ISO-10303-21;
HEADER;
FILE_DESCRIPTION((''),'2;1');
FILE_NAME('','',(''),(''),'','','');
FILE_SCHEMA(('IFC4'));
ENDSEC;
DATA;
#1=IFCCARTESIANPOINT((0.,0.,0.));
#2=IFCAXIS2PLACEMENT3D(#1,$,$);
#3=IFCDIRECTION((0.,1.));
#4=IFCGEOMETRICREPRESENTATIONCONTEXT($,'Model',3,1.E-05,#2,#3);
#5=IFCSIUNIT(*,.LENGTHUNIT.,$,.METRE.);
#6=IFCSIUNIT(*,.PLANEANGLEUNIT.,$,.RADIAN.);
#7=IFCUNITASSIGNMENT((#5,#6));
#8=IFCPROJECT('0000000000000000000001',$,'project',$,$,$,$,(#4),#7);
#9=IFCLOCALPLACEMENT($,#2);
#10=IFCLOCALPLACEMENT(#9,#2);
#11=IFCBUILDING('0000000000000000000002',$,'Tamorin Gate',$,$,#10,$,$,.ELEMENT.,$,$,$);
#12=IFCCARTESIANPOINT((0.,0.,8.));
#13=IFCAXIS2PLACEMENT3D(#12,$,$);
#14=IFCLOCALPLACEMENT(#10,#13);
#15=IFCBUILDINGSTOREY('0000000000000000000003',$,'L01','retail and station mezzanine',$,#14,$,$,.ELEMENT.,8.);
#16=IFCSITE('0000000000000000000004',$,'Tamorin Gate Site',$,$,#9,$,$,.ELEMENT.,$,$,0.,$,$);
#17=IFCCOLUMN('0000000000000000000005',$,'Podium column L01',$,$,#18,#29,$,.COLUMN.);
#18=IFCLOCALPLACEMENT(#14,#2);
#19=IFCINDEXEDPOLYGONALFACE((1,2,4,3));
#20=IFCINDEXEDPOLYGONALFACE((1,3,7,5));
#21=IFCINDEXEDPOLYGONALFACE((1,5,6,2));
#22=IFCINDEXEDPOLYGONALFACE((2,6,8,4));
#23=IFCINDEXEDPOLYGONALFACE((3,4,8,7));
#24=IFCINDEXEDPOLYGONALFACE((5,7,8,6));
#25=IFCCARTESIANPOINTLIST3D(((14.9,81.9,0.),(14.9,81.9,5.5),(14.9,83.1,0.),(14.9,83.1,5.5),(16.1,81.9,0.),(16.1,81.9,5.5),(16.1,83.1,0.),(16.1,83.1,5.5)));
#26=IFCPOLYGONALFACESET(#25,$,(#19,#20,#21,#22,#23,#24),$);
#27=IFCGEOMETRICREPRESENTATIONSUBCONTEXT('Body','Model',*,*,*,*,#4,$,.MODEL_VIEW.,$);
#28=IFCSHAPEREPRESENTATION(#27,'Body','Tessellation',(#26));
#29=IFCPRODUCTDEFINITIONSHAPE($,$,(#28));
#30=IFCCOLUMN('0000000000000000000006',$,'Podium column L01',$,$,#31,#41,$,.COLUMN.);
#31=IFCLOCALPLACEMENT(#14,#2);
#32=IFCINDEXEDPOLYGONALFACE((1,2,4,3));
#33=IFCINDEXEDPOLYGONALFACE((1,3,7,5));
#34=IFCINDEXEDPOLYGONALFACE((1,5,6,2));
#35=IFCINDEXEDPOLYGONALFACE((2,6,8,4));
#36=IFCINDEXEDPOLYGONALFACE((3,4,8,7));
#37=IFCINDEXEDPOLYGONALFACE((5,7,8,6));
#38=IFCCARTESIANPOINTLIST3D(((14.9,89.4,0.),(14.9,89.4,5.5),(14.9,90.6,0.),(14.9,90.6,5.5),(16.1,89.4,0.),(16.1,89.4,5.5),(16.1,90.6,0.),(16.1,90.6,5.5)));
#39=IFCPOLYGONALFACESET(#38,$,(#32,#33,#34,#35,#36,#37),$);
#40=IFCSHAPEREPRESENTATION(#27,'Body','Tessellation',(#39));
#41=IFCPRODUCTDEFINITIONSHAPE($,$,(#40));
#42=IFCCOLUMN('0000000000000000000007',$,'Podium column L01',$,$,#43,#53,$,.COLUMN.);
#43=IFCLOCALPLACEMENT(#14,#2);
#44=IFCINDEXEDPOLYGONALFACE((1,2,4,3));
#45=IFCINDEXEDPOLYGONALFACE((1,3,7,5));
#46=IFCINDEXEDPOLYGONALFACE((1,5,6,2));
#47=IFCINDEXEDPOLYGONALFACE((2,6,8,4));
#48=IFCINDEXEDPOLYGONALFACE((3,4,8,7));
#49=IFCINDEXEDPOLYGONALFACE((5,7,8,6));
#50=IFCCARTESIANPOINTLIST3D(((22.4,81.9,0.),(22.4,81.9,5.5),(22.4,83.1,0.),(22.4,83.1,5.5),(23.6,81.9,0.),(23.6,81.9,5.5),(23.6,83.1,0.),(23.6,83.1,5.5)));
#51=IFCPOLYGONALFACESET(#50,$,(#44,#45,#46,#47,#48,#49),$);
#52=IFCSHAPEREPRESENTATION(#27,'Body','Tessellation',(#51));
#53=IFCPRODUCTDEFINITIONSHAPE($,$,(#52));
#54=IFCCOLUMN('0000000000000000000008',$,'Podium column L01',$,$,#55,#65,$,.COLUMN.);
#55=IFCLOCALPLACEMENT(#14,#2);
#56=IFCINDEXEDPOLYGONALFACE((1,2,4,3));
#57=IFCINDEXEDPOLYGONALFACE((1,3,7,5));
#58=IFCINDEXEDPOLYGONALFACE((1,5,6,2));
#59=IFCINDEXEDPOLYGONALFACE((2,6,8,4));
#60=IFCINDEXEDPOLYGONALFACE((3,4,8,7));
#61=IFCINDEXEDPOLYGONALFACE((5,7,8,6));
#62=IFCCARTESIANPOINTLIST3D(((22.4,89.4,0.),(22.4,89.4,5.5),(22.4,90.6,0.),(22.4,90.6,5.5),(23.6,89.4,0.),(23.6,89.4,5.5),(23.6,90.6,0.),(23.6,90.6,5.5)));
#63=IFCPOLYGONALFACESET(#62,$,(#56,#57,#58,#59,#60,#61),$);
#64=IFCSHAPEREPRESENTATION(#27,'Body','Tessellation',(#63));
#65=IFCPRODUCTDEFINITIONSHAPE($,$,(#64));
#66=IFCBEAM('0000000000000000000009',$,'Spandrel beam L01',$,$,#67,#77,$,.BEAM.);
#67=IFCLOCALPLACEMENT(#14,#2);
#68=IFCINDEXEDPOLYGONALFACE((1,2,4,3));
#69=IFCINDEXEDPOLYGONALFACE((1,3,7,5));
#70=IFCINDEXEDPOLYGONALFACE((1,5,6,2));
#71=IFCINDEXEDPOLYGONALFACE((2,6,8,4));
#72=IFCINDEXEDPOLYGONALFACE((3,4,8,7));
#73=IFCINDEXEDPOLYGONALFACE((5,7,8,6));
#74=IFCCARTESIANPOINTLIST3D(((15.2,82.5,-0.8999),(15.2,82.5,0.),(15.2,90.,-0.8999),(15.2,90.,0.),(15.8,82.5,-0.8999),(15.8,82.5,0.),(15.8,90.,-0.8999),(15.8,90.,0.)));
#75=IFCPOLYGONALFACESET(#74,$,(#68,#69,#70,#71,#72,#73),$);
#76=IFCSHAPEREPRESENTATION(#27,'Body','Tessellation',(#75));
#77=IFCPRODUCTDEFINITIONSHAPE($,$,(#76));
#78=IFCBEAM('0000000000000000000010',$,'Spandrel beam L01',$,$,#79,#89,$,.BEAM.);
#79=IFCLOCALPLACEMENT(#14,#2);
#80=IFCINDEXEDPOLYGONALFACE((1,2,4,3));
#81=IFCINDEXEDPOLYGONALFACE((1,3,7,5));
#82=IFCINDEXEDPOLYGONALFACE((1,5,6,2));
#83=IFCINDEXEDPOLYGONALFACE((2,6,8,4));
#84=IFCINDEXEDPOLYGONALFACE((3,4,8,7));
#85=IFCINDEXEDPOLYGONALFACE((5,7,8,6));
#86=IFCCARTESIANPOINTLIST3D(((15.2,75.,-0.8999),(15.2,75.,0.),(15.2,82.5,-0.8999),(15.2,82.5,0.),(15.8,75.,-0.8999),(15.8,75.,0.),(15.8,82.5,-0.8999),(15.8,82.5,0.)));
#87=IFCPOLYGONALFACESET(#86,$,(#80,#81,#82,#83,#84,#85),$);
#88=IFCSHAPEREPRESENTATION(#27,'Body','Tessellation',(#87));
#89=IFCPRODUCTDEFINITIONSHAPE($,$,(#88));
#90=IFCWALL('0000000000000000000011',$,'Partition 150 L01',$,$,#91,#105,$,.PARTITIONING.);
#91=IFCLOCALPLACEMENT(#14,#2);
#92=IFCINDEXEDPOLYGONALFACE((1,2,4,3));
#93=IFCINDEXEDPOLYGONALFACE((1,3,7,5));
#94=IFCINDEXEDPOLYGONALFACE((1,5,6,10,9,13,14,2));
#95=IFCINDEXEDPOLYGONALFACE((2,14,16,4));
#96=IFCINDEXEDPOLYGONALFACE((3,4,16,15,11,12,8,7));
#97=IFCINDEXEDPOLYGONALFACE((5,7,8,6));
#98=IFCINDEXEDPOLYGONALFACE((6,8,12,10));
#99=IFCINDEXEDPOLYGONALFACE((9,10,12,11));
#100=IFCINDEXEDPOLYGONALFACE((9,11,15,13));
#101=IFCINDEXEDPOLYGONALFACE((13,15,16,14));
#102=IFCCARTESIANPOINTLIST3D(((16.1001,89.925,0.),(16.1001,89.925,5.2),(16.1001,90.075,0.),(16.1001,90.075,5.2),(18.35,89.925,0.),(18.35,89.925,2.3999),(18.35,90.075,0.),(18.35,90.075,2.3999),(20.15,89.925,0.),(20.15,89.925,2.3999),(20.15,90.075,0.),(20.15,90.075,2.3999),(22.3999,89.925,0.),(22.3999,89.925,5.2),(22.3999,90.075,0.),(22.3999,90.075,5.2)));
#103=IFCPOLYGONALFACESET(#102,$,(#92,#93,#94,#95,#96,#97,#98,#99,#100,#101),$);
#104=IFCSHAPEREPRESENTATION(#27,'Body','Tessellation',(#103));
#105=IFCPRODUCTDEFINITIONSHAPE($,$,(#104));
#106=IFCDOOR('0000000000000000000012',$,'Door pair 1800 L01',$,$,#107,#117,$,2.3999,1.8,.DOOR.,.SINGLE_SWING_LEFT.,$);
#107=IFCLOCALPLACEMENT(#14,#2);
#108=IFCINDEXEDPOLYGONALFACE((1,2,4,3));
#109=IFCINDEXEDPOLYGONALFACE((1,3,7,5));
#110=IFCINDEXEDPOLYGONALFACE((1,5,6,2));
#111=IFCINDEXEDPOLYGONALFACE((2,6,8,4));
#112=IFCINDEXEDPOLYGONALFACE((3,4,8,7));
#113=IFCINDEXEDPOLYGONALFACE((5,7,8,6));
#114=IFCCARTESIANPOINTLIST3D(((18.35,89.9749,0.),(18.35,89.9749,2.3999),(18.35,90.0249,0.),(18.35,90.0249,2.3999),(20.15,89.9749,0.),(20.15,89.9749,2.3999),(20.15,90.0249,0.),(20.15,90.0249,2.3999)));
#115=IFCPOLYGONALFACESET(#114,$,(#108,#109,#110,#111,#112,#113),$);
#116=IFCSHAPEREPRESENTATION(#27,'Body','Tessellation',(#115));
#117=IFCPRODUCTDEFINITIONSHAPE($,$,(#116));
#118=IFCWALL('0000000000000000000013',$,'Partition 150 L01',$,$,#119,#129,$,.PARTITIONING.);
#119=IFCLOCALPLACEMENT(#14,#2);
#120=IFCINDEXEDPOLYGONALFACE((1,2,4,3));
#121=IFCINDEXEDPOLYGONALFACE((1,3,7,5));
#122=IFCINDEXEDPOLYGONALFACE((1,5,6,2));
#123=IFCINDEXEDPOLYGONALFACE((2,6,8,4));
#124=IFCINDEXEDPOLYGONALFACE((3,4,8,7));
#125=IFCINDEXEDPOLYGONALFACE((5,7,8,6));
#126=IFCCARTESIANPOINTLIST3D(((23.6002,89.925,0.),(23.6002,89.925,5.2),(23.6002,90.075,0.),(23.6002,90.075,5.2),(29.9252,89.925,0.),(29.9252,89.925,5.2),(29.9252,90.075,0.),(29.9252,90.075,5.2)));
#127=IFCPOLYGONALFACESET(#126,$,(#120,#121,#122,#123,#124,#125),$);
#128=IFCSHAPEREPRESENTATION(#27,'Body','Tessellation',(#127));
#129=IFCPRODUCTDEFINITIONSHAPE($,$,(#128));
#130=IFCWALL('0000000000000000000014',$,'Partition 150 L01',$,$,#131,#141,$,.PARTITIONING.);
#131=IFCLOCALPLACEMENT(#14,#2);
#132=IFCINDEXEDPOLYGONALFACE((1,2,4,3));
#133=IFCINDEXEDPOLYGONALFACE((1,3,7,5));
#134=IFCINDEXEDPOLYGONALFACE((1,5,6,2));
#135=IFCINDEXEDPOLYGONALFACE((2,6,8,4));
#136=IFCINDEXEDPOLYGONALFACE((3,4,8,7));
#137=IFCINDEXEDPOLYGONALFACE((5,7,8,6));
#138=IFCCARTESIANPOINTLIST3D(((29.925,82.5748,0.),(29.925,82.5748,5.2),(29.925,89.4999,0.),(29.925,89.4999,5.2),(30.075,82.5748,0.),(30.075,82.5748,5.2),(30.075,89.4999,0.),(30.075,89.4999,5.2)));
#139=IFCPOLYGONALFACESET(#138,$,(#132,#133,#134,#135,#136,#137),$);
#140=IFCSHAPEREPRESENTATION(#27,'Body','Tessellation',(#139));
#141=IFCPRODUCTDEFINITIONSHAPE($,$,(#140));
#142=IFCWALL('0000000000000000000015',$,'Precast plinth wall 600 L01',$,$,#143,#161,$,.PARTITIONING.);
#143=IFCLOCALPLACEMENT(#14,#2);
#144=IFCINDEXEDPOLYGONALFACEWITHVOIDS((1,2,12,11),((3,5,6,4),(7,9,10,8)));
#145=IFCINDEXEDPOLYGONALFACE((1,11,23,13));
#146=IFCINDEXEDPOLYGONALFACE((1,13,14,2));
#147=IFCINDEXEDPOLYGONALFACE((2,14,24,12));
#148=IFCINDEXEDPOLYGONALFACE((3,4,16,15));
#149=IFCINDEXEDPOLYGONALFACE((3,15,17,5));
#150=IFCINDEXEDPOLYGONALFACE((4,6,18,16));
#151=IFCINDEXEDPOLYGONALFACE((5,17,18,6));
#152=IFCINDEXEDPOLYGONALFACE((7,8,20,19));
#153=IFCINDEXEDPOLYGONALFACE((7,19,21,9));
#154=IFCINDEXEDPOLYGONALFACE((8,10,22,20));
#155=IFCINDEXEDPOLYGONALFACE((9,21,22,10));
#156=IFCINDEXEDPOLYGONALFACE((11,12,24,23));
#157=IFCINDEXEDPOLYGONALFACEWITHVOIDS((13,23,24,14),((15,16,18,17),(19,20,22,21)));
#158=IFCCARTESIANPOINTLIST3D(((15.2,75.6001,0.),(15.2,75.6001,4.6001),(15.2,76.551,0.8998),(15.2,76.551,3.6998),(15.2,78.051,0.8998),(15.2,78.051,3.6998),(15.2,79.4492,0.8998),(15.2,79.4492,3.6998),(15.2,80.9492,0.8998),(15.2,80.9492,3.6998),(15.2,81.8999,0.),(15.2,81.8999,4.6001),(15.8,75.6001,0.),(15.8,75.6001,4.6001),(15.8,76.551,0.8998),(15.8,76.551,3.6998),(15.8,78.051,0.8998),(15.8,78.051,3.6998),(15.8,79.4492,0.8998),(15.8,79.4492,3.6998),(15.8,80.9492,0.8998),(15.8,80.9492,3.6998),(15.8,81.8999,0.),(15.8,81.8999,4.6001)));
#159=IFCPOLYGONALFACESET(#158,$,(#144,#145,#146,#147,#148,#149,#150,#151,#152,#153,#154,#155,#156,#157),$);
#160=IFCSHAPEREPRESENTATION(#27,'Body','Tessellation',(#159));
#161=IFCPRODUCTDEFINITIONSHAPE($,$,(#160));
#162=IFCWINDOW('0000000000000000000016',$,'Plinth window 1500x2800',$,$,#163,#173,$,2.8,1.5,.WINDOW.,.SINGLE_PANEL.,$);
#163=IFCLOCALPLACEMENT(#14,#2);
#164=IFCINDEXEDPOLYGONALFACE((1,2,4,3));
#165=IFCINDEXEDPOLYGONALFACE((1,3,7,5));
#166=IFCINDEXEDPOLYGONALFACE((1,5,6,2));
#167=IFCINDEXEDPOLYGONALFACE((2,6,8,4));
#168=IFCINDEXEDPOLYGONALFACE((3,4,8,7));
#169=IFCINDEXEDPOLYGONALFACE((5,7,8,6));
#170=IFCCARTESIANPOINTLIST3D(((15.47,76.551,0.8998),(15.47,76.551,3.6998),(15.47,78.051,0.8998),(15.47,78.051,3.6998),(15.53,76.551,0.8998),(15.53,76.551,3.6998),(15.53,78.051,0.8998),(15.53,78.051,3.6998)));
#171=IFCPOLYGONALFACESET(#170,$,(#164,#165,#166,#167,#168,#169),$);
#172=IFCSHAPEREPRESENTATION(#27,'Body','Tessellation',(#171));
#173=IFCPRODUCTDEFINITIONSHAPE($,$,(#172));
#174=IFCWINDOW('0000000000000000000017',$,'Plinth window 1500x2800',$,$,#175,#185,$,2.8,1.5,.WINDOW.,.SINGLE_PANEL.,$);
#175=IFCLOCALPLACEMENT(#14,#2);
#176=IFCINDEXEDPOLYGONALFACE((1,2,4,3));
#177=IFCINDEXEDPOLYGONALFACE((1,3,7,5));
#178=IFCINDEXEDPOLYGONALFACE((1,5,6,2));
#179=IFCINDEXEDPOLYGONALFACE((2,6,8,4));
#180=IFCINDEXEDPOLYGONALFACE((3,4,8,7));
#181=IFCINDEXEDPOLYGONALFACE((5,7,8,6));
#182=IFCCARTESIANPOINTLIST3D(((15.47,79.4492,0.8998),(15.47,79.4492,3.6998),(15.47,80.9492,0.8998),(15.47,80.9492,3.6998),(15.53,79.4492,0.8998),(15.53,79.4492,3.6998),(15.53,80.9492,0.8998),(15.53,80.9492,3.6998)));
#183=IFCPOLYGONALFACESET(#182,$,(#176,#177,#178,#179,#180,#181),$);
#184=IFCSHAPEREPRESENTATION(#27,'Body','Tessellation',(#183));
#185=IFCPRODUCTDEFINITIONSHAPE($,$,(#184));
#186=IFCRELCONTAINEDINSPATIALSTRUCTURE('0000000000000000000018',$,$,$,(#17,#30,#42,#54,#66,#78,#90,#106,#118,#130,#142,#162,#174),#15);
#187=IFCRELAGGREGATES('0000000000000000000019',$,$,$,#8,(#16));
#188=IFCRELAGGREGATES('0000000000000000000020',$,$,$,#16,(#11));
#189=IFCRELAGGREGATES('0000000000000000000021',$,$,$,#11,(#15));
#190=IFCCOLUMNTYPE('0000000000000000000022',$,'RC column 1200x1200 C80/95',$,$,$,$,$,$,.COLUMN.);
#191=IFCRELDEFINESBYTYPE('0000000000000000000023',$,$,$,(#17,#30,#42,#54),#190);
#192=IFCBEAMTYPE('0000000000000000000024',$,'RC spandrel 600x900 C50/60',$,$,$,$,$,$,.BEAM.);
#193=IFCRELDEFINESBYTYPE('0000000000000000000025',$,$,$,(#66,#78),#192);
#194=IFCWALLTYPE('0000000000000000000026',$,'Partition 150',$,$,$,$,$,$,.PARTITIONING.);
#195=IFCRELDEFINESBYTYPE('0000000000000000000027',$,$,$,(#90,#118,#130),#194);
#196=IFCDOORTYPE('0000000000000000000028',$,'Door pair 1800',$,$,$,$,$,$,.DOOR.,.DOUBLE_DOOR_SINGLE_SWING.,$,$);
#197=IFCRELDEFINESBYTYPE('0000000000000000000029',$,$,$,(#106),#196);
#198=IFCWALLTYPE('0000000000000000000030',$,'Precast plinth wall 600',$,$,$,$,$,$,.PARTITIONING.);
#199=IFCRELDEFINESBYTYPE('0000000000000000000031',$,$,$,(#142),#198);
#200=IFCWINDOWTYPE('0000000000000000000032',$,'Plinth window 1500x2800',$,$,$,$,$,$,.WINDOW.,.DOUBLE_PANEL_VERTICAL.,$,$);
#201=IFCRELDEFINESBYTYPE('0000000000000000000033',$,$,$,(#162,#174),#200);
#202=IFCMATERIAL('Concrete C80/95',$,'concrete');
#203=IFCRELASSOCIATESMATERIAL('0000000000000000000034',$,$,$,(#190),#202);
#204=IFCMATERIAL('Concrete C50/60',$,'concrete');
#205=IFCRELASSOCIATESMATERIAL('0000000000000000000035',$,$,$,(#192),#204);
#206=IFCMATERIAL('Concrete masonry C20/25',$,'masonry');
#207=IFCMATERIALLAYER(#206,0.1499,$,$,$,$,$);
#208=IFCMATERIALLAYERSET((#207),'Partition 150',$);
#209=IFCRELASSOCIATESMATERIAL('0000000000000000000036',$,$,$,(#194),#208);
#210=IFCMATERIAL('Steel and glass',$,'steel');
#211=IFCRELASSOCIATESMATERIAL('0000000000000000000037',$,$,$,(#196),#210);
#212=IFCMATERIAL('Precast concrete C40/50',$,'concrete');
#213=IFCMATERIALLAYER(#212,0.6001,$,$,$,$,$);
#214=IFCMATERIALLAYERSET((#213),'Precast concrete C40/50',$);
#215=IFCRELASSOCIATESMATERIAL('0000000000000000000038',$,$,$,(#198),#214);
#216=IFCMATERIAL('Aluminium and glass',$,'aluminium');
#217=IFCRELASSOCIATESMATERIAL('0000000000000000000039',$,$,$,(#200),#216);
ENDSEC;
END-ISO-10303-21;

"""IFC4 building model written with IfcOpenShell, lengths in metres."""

from ifc_helpers import new_model, si_unit, direction, frame, frame_2d, origin, origin_2d, place, context, subcontext, project, spatial, rectangle, extrude, material, layer, layer_set, material_profile, profile_set, type_object, element, fill, save


model = new_model("IFC4")

# Units and contexts
model_context = context("Model", 3, precision=1e-05, world=origin(), true_north=direction((0.0, 1.0)))
body_context = subcontext(model_context, "Body", "Model", "MODEL_VIEW")
ifc_project = project(units=[si_unit("LENGTHUNIT", "METRE"), si_unit("PLANEANGLEUNIT", "RADIAN")], contexts=[model_context])

# Site, building, storey
site_placement = place(None, origin())
site = spatial("IfcSite", under=ifc_project, at=site_placement, Name="Tamorin Gate Site", CompositionType="ELEMENT", RefElevation=0.0)
building_placement = place(site_placement, origin())
building = spatial("IfcBuilding", under=site, at=building_placement, Name="Tamorin Gate", CompositionType="ELEMENT")
storey_placement = place(building_placement, frame((0.0, 0.0, 8.0)))
storey = spatial("IfcBuildingStorey", under=building, at=storey_placement, Name="L01", Description="retail and station mezzanine", CompositionType="ELEMENT", Elevation=8.0)

# Columns
ifc_material_1 = material(Name="Concrete C80/95", Category="concrete")
ifc_material_profile_1 = material_profile(ifc_material_1, rectangle(XDim=1.2, YDim=1.2, at=origin_2d()), Name="RC 1200x1200")
ifc_profile_set_1 = profile_set([ifc_material_profile_1], Name="Concrete C80/95")
column_type = type_object("IfcColumnType", Name="RC column 1200x1200 C80/95", PredefinedType="COLUMN", material=ifc_profile_set_1)
for number, where, z_axis, x_axis, name in (
    (1, (15.5, 82.5, 0.0), (0.0, 0.0, 1.0), (1.0, 0.0, 0.0), "Podium column L01"),
    (2, (15.5, 90.0, 0.0), (0.0, 0.0, 1.0), (1.0, 0.0, 0.0), "Podium column L01"),
    (3, (23.0, 82.5, 0.0), (0.0, 0.0, 1.0), (1.0, 0.0, 0.0), "Podium column L01"),
    (4, (23.0, 90.0, 0.0), (0.0, 0.0, 1.0), (1.0, 0.0, 0.0), "Podium column L01"),
):
    element("IfcColumn", number, at=place(storey_placement, frame(where, z_axis=z_axis, x_axis=x_axis)), inside=storey, type_object=column_type, Name=name, PredefinedType="COLUMN", context=body_context, shape_type="SweptSolid", body=[
        extrude(rectangle(XDim=1.2, YDim=1.2, at=origin_2d()), origin(), (0.0, 0.0, 1.0), 5.5),
    ])

# Beams
ifc_material_2 = material(Name="Concrete C50/60", Category="concrete")
ifc_material_profile_2 = material_profile(ifc_material_2, rectangle(XDim=0.6001, YDim=0.8999, at=origin_2d()), Name="RC 600x900")
ifc_profile_set_2 = profile_set([ifc_material_profile_2], Name="Concrete C50/60")
beam_type = type_object("IfcBeamType", Name="RC spandrel 600x900 C50/60", PredefinedType="BEAM", material=ifc_profile_set_2)
for number, where, z_axis, x_axis, name in (
    (5, (15.5, 90.0, -0.45), (0.0, -1.0, 0.0), (1.0, 0.0, 0.0), "Spandrel beam L01"),
    (6, (15.5, 82.5, -0.45), (0.0, -1.0, 0.0), (1.0, 0.0, 0.0), "Spandrel beam L01"),
):
    element("IfcBeam", number, at=place(storey_placement, frame(where, z_axis=z_axis, x_axis=x_axis)), inside=storey, type_object=beam_type, Name=name, PredefinedType="BEAM", context=body_context, shape_type="SweptSolid", body=[
        extrude(rectangle(XDim=0.6001, YDim=0.8999, at=origin_2d()), origin(), (0.0, 0.0, 1.0), 7.5),
    ])

# Wall, opening, door
ifc_material_3 = material(Name="Concrete masonry C20/25", Category="masonry")
ifc_layer_1 = layer(ifc_material_3, 0.1499)
ifc_layer_set_1 = layer_set([ifc_layer_1], Name="Partition 150")
wall_type_1 = type_object("IfcWallType", Name="Partition 150", PredefinedType="PARTITIONING", material=ifc_layer_set_1)
wall_1_placement = place(storey_placement, frame((16.1001, 90.0, 0.0), z_axis=(0.0, 0.0, 1.0), x_axis=(1.0, 0.0, 0.0)))
wall_1 = element("IfcWall", 7, at=wall_1_placement, inside=storey, type_object=wall_type_1, Name="Partition 150 L01", PredefinedType="PARTITIONING", context=body_context, shape_type="SweptSolid", body=[
    extrude(rectangle(XDim=6.2998, YDim=0.1499, at=frame_2d((3.1499, 0.0))), origin(), (0.0, 0.0, 1.0), 5.2),
])
opening_1_placement = place(wall_1_placement, frame((2.25, 0.0, 0.0)))
opening_1 = element("IfcOpeningElement", 8, at=opening_1_placement, cuts=wall_1, PredefinedType="OPENING", context=body_context, shape_type="SweptSolid", body=[
    extrude(rectangle(XDim=1.8, YDim=2.3999, at=frame_2d((0.8999, 1.2))), frame((0.0, 0.085, 0.0), z_axis=(0.0, -1.0, 0.0), x_axis=(1.0, 0.0, 0.0)), (0.0, 0.0, 1.0), 0.1699),
])
ifc_material_4 = material(Name="Steel and glass", Category="steel")
door_type = type_object("IfcDoorType", Name="Door pair 1800", OperationType="DOUBLE_DOOR_SINGLE_SWING", PredefinedType="DOOR", material=ifc_material_4)
door_placement = place(opening_1_placement, origin())
door = element("IfcDoor", 9, at=door_placement, inside=storey, type_object=door_type, Name="Door pair 1800 L01", OperationType="SINGLE_SWING_LEFT", OverallHeight=2.3999, OverallWidth=1.8, PredefinedType="DOOR", context=body_context, shape_type="SweptSolid", body=[
    extrude(rectangle(XDim=1.8, YDim=2.3999, at=frame_2d((0.8999, 1.2))), frame((0.0, 0.0249, 0.0), z_axis=(0.0, -1.0, 0.0), x_axis=(1.0, 0.0, 0.0)), (0.0, 0.0, 1.0), 0.05),
])
fill(opening_1, door)

# Walls
wall_2_placement = place(storey_placement, frame((23.6001, 90.0, 0.0), z_axis=(0.0, 0.0, 1.0), x_axis=(1.0, 0.0, 0.0)))
element("IfcWall", 10, at=wall_2_placement, inside=storey, type_object=wall_type_1, Name="Partition 150 L01", PredefinedType="PARTITIONING", context=body_context, shape_type="SweptSolid", body=[
    extrude(rectangle(XDim=6.325, YDim=0.1499, at=frame_2d((3.1626, 0.0))), origin(), (0.0, 0.0, 1.0), 5.2),
])
wall_3_placement = place(storey_placement, frame((30.0, 82.575, 0.0), z_axis=(0.0, 0.0, 1.0), x_axis=(0.0, 1.0, 0.0)))
element("IfcWall", 11, at=wall_3_placement, inside=storey, type_object=wall_type_1, Name="Partition 150 L01", PredefinedType="PARTITIONING", context=body_context, shape_type="SweptSolid", body=[
    extrude(rectangle(XDim=6.925, YDim=0.1499, at=frame_2d((3.4624, 0.0))), origin(), (0.0, 0.0, 1.0), 5.2),
])

# Wall, openings, windows
ifc_material_5 = material(Name="Precast concrete C40/50", Category="concrete")
ifc_layer_2 = layer(ifc_material_5, 0.6001)
ifc_layer_set_2 = layer_set([ifc_layer_2], Name="Precast concrete C40/50")
wall_type_2 = type_object("IfcWallType", Name="Precast plinth wall 600", PredefinedType="PARTITIONING", material=ifc_layer_set_2)
wall_4_placement = place(storey_placement, frame((15.5, 75.6001, 0.0), z_axis=(0.0, 0.0, 1.0), x_axis=(0.0, 1.0, 0.0)))
wall_4 = element("IfcWall", 12, at=wall_4_placement, inside=storey, type_object=wall_type_2, Name="Precast plinth wall 600 L01", PredefinedType="PARTITIONING", context=body_context, shape_type="SweptSolid", body=[
    extrude(rectangle(XDim=6.2998, YDim=0.6001, at=frame_2d((3.1499, 0.0))), origin(), (0.0, 0.0, 1.0), 4.6001),
])
opening_2_placement = place(wall_4_placement, frame((0.9509, 0.0, 0.8999)))
opening_2 = element("IfcOpeningElement", 13, at=opening_2_placement, cuts=wall_4, PredefinedType="OPENING", context=body_context, shape_type="SweptSolid", body=[
    extrude(rectangle(XDim=1.5, YDim=2.8, at=frame_2d((0.75, 1.3999))), frame((0.0, 0.3101, 0.0), z_axis=(0.0, -1.0, 0.0), x_axis=(1.0, 0.0, 0.0)), (0.0, 0.0, 1.0), 0.6201),
])
opening_3_placement = place(wall_4_placement, frame((3.8491, 0.0, 0.8999)))
opening_3 = element("IfcOpeningElement", 14, at=opening_3_placement, cuts=wall_4, PredefinedType="OPENING", context=body_context, shape_type="SweptSolid", body=[
    extrude(rectangle(XDim=1.5, YDim=2.8, at=frame_2d((0.75, 1.3999))), frame((0.0, 0.3101, 0.0), z_axis=(0.0, -1.0, 0.0), x_axis=(1.0, 0.0, 0.0)), (0.0, 0.0, 1.0), 0.6201),
])
ifc_material_6 = material(Name="Aluminium and glass", Category="aluminium")
window_type = type_object("IfcWindowType", Name="Plinth window 1500x2800", PartitioningType="DOUBLE_PANEL_VERTICAL", PredefinedType="WINDOW", material=ifc_material_6)
window_1_placement = place(opening_2_placement, origin())
window_1 = element("IfcWindow", 15, at=window_1_placement, inside=storey, type_object=window_type, Name="Plinth window 1500x2800", OverallHeight=2.8, OverallWidth=1.5, PartitioningType="SINGLE_PANEL", PredefinedType="WINDOW", context=body_context, shape_type="SweptSolid", body=[
    extrude(rectangle(XDim=1.5, YDim=2.8, at=frame_2d((0.75, 1.3999))), frame((0.0, 0.03, 0.0), z_axis=(0.0, -1.0, 0.0), x_axis=(1.0, 0.0, 0.0)), (0.0, 0.0, 1.0), 0.0601),
])
fill(opening_2, window_1)
window_2_placement = place(opening_3_placement, origin())
window_2 = element("IfcWindow", 16, at=window_2_placement, inside=storey, type_object=window_type, Name="Plinth window 1500x2800", OverallHeight=2.8, OverallWidth=1.5, PartitioningType="SINGLE_PANEL", PredefinedType="WINDOW", context=body_context, shape_type="SweptSolid", body=[
    extrude(rectangle(XDim=1.5, YDim=2.8, at=frame_2d((0.75, 1.3999))), frame((0.0, 0.03, 0.0), z_axis=(0.0, -1.0, 0.0), x_axis=(1.0, 0.0, 0.0)), (0.0, 0.0, 1.0), 0.0601),
])
fill(opening_3, window_2)

save(model, "model.ifc")
